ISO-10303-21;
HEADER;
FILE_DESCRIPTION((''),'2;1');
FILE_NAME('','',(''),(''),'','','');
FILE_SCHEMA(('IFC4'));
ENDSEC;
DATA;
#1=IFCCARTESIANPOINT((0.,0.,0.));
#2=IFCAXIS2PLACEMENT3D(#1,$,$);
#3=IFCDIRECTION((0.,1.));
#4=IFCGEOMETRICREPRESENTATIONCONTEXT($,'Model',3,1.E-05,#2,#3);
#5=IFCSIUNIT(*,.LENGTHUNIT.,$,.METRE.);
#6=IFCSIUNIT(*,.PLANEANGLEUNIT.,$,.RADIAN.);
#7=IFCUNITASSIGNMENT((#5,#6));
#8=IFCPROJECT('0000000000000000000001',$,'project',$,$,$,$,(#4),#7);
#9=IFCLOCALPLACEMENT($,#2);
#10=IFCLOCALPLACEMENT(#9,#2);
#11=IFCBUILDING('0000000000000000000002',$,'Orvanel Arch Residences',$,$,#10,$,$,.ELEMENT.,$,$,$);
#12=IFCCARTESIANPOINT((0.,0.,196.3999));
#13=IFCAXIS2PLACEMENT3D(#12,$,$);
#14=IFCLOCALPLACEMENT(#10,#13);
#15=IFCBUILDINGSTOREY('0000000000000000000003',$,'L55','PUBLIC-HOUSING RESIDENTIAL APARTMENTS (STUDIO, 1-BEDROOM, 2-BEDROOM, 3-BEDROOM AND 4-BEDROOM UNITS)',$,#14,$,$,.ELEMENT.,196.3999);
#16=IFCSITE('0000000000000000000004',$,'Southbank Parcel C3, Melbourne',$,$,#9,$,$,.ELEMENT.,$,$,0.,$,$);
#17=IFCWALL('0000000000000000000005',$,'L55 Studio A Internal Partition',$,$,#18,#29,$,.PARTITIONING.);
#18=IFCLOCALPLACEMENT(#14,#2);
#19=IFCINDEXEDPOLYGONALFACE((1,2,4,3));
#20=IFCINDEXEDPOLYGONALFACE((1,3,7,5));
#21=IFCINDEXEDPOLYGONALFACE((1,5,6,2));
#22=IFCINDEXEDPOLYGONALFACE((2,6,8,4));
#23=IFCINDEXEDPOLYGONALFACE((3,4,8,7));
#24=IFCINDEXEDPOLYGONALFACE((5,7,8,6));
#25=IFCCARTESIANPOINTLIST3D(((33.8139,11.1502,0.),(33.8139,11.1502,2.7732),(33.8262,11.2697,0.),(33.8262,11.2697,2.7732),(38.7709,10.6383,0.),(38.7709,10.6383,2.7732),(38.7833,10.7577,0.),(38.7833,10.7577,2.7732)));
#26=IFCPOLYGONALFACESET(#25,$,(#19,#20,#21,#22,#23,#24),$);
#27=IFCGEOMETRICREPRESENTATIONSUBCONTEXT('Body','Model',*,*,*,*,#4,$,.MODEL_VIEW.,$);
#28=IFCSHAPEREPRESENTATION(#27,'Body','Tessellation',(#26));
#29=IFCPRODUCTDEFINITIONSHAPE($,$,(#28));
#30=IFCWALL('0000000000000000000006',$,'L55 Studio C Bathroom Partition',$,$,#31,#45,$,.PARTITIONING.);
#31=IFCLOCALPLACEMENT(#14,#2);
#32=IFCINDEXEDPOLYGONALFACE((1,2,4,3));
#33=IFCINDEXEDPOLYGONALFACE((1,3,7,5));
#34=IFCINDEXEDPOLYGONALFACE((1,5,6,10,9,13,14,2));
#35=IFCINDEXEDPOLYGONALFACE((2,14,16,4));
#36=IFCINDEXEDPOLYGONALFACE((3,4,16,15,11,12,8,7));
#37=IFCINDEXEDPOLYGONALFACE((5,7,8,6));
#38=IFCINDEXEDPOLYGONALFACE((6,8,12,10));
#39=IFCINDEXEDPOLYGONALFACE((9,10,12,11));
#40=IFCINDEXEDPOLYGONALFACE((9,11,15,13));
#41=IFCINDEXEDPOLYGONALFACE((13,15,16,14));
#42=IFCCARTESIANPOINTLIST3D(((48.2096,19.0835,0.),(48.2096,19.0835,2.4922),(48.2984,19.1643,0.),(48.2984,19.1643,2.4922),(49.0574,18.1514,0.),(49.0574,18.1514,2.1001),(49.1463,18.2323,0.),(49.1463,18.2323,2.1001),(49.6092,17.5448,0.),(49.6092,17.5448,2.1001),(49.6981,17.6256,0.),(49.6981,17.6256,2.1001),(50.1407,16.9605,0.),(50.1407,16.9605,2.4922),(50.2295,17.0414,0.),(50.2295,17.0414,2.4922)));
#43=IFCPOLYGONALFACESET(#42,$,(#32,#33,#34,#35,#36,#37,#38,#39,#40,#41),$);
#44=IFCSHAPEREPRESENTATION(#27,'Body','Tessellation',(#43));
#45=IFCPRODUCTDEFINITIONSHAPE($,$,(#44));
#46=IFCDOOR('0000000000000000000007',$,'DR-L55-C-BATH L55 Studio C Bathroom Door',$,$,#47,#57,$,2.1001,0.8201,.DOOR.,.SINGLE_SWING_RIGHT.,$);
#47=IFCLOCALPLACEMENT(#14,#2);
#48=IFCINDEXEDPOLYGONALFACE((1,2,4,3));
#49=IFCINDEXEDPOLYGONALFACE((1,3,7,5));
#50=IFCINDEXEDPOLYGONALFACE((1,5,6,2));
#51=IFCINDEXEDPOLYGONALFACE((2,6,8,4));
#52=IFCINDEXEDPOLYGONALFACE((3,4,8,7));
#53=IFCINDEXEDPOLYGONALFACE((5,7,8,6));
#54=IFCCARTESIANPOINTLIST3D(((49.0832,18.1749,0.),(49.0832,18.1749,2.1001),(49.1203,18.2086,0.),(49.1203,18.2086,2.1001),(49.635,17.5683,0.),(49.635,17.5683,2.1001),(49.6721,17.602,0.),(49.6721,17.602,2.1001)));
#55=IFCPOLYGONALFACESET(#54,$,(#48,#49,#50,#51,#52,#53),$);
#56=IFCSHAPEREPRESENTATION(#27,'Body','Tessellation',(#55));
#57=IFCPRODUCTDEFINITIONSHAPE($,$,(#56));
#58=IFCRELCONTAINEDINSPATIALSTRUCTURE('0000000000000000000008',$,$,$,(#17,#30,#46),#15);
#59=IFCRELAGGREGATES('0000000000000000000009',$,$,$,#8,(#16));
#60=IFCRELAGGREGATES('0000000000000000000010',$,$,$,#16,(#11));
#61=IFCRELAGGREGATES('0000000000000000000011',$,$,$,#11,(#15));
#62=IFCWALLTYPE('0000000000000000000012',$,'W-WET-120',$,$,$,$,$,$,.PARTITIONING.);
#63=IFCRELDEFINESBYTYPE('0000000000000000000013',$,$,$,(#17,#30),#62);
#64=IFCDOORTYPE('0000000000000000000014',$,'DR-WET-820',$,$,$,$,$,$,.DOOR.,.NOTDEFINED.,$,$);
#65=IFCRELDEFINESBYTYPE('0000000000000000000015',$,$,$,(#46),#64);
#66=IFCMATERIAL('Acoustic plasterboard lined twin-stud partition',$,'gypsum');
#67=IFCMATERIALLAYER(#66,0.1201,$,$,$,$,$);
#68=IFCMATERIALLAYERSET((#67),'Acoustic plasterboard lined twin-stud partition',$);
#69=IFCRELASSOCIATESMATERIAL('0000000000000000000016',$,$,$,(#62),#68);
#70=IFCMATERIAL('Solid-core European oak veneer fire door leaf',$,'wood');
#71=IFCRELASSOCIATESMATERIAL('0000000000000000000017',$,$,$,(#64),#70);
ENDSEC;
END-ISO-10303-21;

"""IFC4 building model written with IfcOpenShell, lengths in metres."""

from ifc_helpers import new_model, si_unit, direction, frame, frame_2d, origin, place, context, subcontext, project, spatial, rectangle, extrude, material, layer, layer_set, type_object, element, fill, save


model = new_model("IFC4")

# Units and contexts
model_context = context("Model", 3, precision=1e-05, world=origin(), true_north=direction((0.0, 1.0)))
body_context = subcontext(model_context, "Body", "Model", "MODEL_VIEW")
ifc_project = project(units=[si_unit("LENGTHUNIT", "METRE"), si_unit("PLANEANGLEUNIT", "RADIAN")], contexts=[model_context])

# Site, building, storey
site_placement = place(None, origin())
site = spatial("IfcSite", under=ifc_project, at=site_placement, Name="Southbank Parcel C3, Melbourne", CompositionType="ELEMENT", RefElevation=0.0)
building_placement = place(site_placement, origin())
building = spatial("IfcBuilding", under=site, at=building_placement, Name="Orvanel Arch Residences", CompositionType="ELEMENT")
storey_placement = place(building_placement, frame((0.0, 0.0, 196.3999)))
storey = spatial("IfcBuildingStorey", under=building, at=storey_placement, Name="L55", Description="PUBLIC-HOUSING RESIDENTIAL APARTMENTS (STUDIO, 1-BEDROOM, 2-BEDROOM, 3-BEDROOM AND 4-BEDROOM UNITS)", CompositionType="ELEMENT", Elevation=196.3999)

# Shared definitions
ifc_material_1 = material(Name="Solid-core European oak veneer fire door leaf", Category="wood")

# Shared definitions
ifc_material_2 = material(Name="Acoustic plasterboard lined twin-stud partition", Category="gypsum")

# Shared definitions
ifc_layer_1 = layer(ifc_material_2, 0.1201)
ifc_layer_set_1 = layer_set([ifc_layer_1], Name="Acoustic plasterboard lined twin-stud partition")
wall_type_1 = type_object("IfcWallType", Name="W-WET-120", PredefinedType="PARTITIONING", material=ifc_layer_set_1)
door_type_1 = type_object("IfcDoorType", Name="DR-WET-820", OperationType="NOTDEFINED", PredefinedType="DOOR", material=ifc_material_1)

# Wall
wall_1_placement = place(storey_placement, frame((38.7771, 10.698, 0.0), z_axis=(0.0, 0.0, 1.0), x_axis=(-0.994709, 0.102734, 0.0)))
element("IfcWall", 1, at=wall_1_placement, inside=storey, type_object=wall_type_1, Name="L55 Studio A Internal Partition", PredefinedType="PARTITIONING", context=body_context, shape_type="SweptSolid", body=[
    extrude(rectangle(XDim=4.9834, YDim=0.1201, at=frame_2d((2.4917, 0.0))), origin(), (0.0, 0.0, 1.0), 2.7732),
])

# Wall, opening, door
wall_2_placement = place(storey_placement, frame((48.2539, 19.124, 0.0), z_axis=(0.0, 0.0, 1.0), x_axis=(0.672884, -0.739748, 0.0)))
wall_2 = element("IfcWall", 2, at=wall_2_placement, inside=storey, type_object=wall_type_1, Name="L55 Studio C Bathroom Partition", PredefinedType="PARTITIONING", context=body_context, shape_type="SweptSolid", body=[
    extrude(rectangle(XDim=2.8699, YDim=0.1201, at=frame_2d((1.4351, 0.0))), origin(), (0.0, 0.0, 1.0), 2.4922),
])
opening_1_placement = place(wall_2_placement, frame((1.26, 0.0, 0.0)))
opening_1 = element("IfcOpeningElement", 3, at=opening_1_placement, cuts=wall_2, PredefinedType="OPENING", context=body_context, shape_type="SweptSolid", body=[
    extrude(rectangle(XDim=0.8201, YDim=2.1001, at=frame_2d((0.4102, 1.05))), frame((0.0, 0.0701, 0.0), z_axis=(0.0, -1.0, 0.0), x_axis=(1.0, 0.0, 0.0)), (0.0, 0.0, 1.0), 0.1401),
])
door_1_placement = place(opening_1_placement, origin())
door_1 = element("IfcDoor", 4, at=door_1_placement, inside=storey, type_object=door_type_1, Name="DR-L55-C-BATH L55 Studio C Bathroom Door", OperationType="SINGLE_SWING_RIGHT", OverallHeight=2.1001, OverallWidth=0.8201, PredefinedType="DOOR", context=body_context, shape_type="SweptSolid", body=[
    extrude(rectangle(XDim=0.8201, YDim=2.1001, at=frame_2d((0.4102, 1.05))), frame((0.0, 0.0249, 0.0), z_axis=(0.0, -1.0, 0.0), x_axis=(1.0, 0.0, 0.0)), (0.0, 0.0, 1.0), 0.05),
])
fill(opening_1, door_1)

save(model, "model.ifc")
